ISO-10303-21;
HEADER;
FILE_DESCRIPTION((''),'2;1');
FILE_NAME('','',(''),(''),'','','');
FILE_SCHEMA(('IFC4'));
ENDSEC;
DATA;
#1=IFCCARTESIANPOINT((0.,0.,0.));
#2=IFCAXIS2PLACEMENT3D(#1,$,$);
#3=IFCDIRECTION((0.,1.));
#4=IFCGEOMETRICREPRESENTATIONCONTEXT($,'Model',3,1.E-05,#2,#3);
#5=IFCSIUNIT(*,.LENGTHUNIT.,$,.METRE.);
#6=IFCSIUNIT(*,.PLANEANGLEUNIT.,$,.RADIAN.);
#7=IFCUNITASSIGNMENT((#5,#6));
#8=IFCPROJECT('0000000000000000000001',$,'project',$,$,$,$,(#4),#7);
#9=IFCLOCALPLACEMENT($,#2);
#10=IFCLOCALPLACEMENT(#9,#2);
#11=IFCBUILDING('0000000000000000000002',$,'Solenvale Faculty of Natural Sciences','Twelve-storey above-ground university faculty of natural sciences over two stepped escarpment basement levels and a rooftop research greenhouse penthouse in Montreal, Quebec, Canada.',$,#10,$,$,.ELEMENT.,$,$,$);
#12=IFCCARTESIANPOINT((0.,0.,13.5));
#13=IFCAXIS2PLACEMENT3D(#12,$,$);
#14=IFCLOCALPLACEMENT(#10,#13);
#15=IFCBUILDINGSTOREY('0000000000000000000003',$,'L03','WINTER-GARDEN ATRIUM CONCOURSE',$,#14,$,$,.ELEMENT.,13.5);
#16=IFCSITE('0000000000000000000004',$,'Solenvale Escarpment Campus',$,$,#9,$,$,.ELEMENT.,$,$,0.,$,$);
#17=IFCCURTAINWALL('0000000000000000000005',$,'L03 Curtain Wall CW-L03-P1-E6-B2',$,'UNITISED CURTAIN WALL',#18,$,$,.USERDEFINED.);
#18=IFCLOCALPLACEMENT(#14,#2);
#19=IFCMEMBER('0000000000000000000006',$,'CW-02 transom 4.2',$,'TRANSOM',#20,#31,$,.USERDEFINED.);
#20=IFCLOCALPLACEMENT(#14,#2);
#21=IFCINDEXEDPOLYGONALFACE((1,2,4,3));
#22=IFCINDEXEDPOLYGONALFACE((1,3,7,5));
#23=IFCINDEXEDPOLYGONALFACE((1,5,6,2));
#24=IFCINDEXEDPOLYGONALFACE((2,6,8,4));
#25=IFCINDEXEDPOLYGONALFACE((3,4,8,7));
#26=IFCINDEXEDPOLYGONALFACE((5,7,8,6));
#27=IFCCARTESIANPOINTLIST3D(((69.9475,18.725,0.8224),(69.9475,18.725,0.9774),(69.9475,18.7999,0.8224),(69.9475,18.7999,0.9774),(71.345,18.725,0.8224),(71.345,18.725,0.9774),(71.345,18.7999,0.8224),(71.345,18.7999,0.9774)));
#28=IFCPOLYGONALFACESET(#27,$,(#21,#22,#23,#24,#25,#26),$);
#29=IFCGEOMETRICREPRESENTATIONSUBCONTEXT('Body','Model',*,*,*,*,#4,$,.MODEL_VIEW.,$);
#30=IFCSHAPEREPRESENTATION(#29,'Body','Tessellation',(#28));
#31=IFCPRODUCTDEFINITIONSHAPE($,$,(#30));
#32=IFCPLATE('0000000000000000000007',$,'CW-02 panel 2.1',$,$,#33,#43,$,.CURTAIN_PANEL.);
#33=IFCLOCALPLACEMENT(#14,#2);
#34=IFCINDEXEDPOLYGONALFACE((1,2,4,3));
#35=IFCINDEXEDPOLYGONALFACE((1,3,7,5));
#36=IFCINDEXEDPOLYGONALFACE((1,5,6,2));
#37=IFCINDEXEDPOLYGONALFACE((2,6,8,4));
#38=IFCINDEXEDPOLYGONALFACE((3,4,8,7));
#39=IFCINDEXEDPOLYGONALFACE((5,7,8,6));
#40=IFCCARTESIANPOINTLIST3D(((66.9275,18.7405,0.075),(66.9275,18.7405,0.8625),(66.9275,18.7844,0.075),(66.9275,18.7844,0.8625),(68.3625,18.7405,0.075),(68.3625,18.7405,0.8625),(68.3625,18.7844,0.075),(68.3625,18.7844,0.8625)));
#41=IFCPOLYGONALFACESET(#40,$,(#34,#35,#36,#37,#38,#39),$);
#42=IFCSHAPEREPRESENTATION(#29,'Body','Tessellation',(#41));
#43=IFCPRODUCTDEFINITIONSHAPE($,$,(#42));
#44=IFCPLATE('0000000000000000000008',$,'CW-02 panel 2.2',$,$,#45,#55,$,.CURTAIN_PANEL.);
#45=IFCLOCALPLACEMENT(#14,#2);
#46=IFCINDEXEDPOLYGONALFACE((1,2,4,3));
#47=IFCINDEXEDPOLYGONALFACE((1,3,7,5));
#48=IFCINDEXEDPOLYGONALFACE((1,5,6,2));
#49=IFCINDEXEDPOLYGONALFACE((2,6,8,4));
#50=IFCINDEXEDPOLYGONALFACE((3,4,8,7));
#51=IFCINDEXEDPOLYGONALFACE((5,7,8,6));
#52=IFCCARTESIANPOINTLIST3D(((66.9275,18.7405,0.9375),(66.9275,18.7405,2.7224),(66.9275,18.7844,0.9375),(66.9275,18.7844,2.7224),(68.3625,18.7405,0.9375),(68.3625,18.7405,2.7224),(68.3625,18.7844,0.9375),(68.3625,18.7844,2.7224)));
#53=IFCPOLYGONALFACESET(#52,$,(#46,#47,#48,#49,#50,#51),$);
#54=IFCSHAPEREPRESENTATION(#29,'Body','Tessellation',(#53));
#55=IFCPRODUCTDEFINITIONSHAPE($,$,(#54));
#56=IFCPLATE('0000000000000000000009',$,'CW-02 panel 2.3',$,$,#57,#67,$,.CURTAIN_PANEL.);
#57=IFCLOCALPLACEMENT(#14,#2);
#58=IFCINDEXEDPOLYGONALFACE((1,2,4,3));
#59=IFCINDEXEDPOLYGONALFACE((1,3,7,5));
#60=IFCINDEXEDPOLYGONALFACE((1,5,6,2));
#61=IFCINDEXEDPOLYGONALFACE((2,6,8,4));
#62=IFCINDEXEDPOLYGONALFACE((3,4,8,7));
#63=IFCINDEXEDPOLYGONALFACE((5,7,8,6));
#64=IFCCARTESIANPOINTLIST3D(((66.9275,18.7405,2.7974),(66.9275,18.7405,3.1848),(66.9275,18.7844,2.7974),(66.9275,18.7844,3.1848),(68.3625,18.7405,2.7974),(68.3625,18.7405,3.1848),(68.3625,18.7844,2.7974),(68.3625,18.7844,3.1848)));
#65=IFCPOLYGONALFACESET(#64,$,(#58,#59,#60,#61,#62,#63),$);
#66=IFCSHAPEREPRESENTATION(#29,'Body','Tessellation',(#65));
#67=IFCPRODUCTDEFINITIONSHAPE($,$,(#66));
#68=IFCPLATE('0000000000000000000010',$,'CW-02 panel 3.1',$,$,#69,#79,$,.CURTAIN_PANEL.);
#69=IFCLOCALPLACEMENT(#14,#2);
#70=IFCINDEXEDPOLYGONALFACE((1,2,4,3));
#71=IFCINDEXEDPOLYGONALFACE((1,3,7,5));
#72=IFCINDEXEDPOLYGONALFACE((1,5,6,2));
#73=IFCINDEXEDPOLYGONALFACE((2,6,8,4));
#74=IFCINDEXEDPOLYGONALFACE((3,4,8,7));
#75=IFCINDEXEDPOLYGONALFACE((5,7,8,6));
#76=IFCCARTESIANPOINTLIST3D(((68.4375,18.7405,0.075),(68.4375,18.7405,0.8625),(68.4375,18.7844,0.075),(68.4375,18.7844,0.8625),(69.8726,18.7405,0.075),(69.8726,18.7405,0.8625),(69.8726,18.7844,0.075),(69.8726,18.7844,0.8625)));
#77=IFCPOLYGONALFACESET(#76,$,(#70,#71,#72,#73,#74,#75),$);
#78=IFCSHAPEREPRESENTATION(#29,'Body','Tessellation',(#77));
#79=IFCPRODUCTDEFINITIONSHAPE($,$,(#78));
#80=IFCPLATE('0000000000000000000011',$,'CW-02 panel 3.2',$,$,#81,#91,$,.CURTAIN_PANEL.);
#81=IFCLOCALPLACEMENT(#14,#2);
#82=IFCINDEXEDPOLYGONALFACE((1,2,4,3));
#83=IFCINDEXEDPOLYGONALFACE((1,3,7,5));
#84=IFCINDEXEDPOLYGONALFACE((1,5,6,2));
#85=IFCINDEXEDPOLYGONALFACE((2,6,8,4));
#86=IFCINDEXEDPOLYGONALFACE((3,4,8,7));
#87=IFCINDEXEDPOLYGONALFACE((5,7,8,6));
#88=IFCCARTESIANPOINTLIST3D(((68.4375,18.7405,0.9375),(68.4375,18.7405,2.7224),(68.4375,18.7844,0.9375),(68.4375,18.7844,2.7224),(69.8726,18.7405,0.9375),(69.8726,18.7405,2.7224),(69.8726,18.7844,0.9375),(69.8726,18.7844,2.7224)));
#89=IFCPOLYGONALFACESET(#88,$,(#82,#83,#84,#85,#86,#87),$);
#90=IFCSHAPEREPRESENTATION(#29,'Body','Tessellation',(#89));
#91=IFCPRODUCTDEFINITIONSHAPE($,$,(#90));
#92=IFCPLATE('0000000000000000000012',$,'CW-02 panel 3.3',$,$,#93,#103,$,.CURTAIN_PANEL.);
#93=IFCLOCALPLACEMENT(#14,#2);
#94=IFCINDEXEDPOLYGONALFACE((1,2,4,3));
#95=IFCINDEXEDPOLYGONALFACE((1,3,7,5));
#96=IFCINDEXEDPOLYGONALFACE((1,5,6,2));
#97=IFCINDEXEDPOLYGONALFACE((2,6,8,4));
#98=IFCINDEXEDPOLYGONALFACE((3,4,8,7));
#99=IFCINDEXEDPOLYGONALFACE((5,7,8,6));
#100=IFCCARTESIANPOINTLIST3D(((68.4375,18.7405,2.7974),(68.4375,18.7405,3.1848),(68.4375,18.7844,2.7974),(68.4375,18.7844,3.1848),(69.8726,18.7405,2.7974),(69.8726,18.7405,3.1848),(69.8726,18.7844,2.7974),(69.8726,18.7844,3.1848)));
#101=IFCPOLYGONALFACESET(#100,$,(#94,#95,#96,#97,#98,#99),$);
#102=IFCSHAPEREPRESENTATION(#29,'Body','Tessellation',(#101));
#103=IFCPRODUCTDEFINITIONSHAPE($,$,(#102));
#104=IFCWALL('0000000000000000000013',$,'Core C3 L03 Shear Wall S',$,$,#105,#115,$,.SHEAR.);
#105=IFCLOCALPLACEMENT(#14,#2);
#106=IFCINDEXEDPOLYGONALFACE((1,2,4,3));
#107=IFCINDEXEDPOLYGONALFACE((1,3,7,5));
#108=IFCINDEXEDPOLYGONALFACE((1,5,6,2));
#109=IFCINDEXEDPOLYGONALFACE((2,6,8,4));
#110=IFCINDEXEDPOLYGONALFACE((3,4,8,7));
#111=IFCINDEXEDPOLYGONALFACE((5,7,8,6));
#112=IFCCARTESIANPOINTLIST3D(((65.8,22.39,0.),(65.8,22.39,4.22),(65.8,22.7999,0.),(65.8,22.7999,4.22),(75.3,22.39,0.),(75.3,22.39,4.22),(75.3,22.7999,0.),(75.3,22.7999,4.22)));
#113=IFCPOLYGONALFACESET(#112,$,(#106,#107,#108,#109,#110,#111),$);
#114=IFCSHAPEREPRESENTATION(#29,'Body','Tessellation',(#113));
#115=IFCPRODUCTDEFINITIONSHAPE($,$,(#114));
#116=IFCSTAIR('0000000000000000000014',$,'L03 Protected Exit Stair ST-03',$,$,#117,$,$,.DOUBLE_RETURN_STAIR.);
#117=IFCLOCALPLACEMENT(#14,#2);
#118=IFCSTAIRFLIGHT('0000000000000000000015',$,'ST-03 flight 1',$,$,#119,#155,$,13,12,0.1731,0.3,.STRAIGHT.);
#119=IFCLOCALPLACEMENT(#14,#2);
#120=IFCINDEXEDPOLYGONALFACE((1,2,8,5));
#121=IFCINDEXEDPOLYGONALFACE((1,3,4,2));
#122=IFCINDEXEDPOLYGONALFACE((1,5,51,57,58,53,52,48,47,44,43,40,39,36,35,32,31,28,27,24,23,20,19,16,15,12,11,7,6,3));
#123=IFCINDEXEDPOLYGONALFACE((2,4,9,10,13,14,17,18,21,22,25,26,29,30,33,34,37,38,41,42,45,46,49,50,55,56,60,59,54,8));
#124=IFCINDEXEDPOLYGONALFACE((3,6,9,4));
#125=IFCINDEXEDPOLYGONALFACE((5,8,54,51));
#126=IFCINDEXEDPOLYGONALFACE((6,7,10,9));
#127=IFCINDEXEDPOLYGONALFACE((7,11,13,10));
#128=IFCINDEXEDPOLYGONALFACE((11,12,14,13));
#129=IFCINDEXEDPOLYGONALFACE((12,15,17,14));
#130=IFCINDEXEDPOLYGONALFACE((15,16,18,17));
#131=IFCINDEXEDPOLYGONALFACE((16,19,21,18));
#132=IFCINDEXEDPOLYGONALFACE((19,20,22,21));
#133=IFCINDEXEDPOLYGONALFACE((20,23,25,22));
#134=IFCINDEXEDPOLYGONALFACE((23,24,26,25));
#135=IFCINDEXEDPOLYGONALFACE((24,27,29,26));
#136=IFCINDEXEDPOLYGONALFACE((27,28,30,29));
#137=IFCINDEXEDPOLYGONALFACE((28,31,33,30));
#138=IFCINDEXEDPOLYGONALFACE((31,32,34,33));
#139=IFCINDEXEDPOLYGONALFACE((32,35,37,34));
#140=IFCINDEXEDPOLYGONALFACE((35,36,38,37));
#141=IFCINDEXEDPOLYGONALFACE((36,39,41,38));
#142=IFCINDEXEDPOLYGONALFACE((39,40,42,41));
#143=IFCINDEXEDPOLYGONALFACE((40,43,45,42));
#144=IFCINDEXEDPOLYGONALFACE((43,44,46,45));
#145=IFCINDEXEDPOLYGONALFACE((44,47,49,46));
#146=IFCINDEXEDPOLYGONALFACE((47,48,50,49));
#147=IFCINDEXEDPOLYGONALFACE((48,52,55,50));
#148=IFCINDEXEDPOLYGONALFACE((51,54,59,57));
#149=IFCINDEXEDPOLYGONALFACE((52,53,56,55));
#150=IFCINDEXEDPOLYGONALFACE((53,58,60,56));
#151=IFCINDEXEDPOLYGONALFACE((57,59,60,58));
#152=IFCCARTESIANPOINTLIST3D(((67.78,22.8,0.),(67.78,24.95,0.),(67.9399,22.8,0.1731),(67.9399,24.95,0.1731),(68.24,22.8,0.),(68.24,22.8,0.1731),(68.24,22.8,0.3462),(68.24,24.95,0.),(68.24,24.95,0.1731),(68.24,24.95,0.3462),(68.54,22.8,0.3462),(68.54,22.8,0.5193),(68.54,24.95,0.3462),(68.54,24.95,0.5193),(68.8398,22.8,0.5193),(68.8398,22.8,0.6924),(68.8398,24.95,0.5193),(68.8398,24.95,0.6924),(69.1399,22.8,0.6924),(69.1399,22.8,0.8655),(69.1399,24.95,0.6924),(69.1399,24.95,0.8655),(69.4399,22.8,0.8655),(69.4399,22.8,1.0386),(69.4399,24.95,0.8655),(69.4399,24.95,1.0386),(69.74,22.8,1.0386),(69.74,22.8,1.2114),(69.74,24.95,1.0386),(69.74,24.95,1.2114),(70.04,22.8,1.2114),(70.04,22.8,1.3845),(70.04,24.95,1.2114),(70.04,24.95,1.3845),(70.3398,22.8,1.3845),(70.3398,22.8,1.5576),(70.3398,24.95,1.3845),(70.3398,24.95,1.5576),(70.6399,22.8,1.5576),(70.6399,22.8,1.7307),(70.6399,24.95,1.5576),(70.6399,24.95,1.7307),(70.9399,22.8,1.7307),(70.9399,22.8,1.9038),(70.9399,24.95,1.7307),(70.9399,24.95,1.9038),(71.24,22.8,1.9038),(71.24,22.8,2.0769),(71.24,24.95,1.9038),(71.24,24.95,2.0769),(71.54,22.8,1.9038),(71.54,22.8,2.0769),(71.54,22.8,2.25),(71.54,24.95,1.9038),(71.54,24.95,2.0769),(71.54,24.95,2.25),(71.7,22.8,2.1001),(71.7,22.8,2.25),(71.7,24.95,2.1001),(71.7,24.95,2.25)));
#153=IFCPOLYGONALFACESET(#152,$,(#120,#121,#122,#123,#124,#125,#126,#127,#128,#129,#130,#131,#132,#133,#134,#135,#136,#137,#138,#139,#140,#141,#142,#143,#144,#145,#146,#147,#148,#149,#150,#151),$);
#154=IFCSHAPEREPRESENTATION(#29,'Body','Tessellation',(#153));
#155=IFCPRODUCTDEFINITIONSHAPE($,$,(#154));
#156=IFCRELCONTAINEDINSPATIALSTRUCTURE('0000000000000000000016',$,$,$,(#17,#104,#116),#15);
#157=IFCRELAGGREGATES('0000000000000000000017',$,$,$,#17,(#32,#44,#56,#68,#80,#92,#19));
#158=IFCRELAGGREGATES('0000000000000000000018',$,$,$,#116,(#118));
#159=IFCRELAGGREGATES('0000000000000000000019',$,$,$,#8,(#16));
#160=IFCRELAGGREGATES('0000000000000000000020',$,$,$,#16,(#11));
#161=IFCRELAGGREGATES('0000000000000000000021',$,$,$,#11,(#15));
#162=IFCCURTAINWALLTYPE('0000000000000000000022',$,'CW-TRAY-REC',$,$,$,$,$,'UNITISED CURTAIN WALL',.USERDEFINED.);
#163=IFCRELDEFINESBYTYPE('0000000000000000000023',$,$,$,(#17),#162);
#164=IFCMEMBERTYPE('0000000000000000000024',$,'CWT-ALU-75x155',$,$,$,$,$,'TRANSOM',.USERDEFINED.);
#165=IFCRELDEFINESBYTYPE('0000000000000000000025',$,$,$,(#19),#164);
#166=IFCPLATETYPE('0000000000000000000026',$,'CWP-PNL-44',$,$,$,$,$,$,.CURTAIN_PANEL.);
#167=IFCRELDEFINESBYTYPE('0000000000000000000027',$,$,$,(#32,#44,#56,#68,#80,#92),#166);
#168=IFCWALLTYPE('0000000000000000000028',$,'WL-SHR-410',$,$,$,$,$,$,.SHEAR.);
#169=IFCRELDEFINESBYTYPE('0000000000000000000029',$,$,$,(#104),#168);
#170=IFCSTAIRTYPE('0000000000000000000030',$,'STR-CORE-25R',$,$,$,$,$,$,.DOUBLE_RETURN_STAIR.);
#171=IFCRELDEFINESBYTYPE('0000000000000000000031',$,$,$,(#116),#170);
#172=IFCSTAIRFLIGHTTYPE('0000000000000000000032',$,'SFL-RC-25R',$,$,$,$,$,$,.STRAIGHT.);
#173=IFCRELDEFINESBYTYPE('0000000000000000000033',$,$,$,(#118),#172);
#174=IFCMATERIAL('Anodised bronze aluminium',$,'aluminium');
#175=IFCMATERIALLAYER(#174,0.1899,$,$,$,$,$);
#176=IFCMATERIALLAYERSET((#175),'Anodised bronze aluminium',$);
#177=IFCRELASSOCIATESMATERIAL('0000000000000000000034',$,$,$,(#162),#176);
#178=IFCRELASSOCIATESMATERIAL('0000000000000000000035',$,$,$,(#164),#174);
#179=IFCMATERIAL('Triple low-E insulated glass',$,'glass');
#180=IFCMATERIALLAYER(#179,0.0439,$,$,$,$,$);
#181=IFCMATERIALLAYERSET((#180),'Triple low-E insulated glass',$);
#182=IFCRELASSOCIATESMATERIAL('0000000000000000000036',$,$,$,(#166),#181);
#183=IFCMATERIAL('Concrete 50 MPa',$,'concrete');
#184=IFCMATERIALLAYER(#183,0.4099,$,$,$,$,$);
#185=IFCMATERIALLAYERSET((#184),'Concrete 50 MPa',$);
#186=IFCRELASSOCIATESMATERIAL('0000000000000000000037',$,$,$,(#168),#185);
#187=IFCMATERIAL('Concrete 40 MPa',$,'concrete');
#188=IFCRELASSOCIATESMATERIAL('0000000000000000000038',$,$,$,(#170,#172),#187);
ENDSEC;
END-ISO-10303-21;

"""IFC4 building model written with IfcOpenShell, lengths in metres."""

from ifc_helpers import new_model, si_unit, direction, frame, frame_2d, origin, origin_2d, place, context, subcontext, project, spatial, polyline, rectangle, outline, extrude, material, layer, layer_set, material_profile, profile_set, type_object, element, aggregate, save


model = new_model("IFC4")

# Units and contexts
model_context = context("Model", 3, precision=1e-05, world=origin(), true_north=direction((0.0, 1.0)))
body_context = subcontext(model_context, "Body", "Model", "MODEL_VIEW")
ifc_project = project(units=[si_unit("LENGTHUNIT", "METRE"), si_unit("PLANEANGLEUNIT", "RADIAN")], contexts=[model_context])

# Site, building, storey
site_placement = place(None, origin())
site = spatial("IfcSite", under=ifc_project, at=site_placement, Name="Solenvale Escarpment Campus", CompositionType="ELEMENT", RefElevation=0.0)
building_placement = place(site_placement, origin())
building = spatial("IfcBuilding", under=site, at=building_placement, Name="Solenvale Faculty of Natural Sciences", Description="Twelve-storey above-ground university faculty of natural sciences over two stepped escarpment basement levels and a rooftop research greenhouse penthouse in Montreal, Quebec, Canada.", CompositionType="ELEMENT")
storey_placement = place(building_placement, frame((0.0, 0.0, 13.5)))
storey = spatial("IfcBuildingStorey", under=building, at=storey_placement, Name="L03", Description="WINTER-GARDEN ATRIUM CONCOURSE", CompositionType="ELEMENT", Elevation=13.5)

# Shared definitions
ifc_material_1 = material(Name="Concrete 50 MPa", Category="concrete")

# Shared definitions
ifc_material_2 = material(Name="Concrete 40 MPa", Category="concrete")

# Curtain wall, member, plates
ifc_material_3 = material(Name="Anodised bronze aluminium", Category="aluminium")
ifc_layer_1 = layer(ifc_material_3, 0.1899)
ifc_layer_set_1 = layer_set([ifc_layer_1], Name="Anodised bronze aluminium")
curtain_wall_type = type_object("IfcCurtainWallType", Name="CW-TRAY-REC", ElementType="UNITISED CURTAIN WALL", PredefinedType="USERDEFINED", material=ifc_layer_set_1)
curtain_wall_placement = place(storey_placement, origin())
curtain_wall = element("IfcCurtainWall", 1, at=curtain_wall_placement, inside=storey, type_object=curtain_wall_type, Name="L03 Curtain Wall CW-L03-P1-E6-B2", ObjectType="UNITISED CURTAIN WALL", PredefinedType="USERDEFINED")
ifc_material_profile_1 = material_profile(ifc_material_3, rectangle(XDim=0.075, YDim=0.155, at=origin_2d()), Name="ALU-TRN-75x155")
ifc_profile_set_1 = profile_set([ifc_material_profile_1], Name="Anodised bronze aluminium")
member_type_1 = type_object("IfcMemberType", Name="CWT-ALU-75x155", ElementType="TRANSOM", PredefinedType="USERDEFINED", material=ifc_profile_set_1)
member_1_placement = place(storey_placement, frame((69.9475, 18.7625, 0.8999), z_axis=(1.0, 0.0, 0.0), x_axis=(0.0, 1.0, 0.0)))
member_1 = element("IfcMember", 2, at=member_1_placement, type_object=member_type_1, Name="CW-02 transom 4.2", ObjectType="TRANSOM", PredefinedType="USERDEFINED", context=body_context, shape_type="SweptSolid", body=[
    extrude(rectangle(XDim=0.075, YDim=0.155, at=origin_2d()), origin(), (0.0, 0.0, 1.0), 1.3975),
])
ifc_material_4 = material(Name="Triple low-E insulated glass", Category="glass")
ifc_layer_2 = layer(ifc_material_4, 0.0439)
ifc_layer_set_2 = layer_set([ifc_layer_2], Name="Triple low-E insulated glass")
plate_type = type_object("IfcPlateType", Name="CWP-PNL-44", PredefinedType="CURTAIN_PANEL", material=ifc_layer_set_2)
plate_1_placement = place(storey_placement, frame((67.645, 18.7625, 0.075), z_axis=(0.0, 0.0, 1.0), x_axis=(1.0, 0.0, 0.0)))
plate_1 = element("IfcPlate", 3, at=plate_1_placement, type_object=plate_type, Name="CW-02 panel 2.1", PredefinedType="CURTAIN_PANEL", context=body_context, shape_type="SweptSolid", body=[
    extrude(rectangle(XDim=1.4351, YDim=0.0439, at=origin_2d()), origin(), (0.0, 0.0, 1.0), 0.7876),
])
plate_2_placement = place(storey_placement, frame((67.645, 18.7625, 0.9375), z_axis=(0.0, 0.0, 1.0), x_axis=(1.0, 0.0, 0.0)))
plate_2 = element("IfcPlate", 4, at=plate_2_placement, type_object=plate_type, Name="CW-02 panel 2.2", PredefinedType="CURTAIN_PANEL", context=body_context, shape_type="SweptSolid", body=[
    extrude(rectangle(XDim=1.4351, YDim=0.0439, at=origin_2d()), origin(), (0.0, 0.0, 1.0), 1.7849),
])
plate_3_placement = place(storey_placement, frame((67.645, 18.7625, 2.7974), z_axis=(0.0, 0.0, 1.0), x_axis=(1.0, 0.0, 0.0)))
plate_3 = element("IfcPlate", 5, at=plate_3_placement, type_object=plate_type, Name="CW-02 panel 2.3", PredefinedType="CURTAIN_PANEL", context=body_context, shape_type="SweptSolid", body=[
    extrude(rectangle(XDim=1.4351, YDim=0.0439, at=origin_2d()), origin(), (0.0, 0.0, 1.0), 0.3875),
])
plate_4_placement = place(storey_placement, frame((69.155, 18.7625, 0.075), z_axis=(0.0, 0.0, 1.0), x_axis=(1.0, 0.0, 0.0)))
plate_4 = element("IfcPlate", 6, at=plate_4_placement, type_object=plate_type, Name="CW-02 panel 3.1", PredefinedType="CURTAIN_PANEL", context=body_context, shape_type="SweptSolid", body=[
    extrude(rectangle(XDim=1.4351, YDim=0.0439, at=origin_2d()), origin(), (0.0, 0.0, 1.0), 0.7876),
])
plate_5_placement = place(storey_placement, frame((69.155, 18.7625, 0.9375), z_axis=(0.0, 0.0, 1.0), x_axis=(1.0, 0.0, 0.0)))
plate_5 = element("IfcPlate", 7, at=plate_5_placement, type_object=plate_type, Name="CW-02 panel 3.2", PredefinedType="CURTAIN_PANEL", context=body_context, shape_type="SweptSolid", body=[
    extrude(rectangle(XDim=1.4351, YDim=0.0439, at=origin_2d()), origin(), (0.0, 0.0, 1.0), 1.7849),
])
plate_6_placement = place(storey_placement, frame((69.155, 18.7625, 2.7974), z_axis=(0.0, 0.0, 1.0), x_axis=(1.0, 0.0, 0.0)))
plate_6 = element("IfcPlate", 8, at=plate_6_placement, type_object=plate_type, Name="CW-02 panel 3.3", PredefinedType="CURTAIN_PANEL", context=body_context, shape_type="SweptSolid", body=[
    extrude(rectangle(XDim=1.4351, YDim=0.0439, at=origin_2d()), origin(), (0.0, 0.0, 1.0), 0.3875),
])
aggregate(curtain_wall, [plate_1, plate_2, plate_3, plate_4, plate_5, plate_6, member_1])

# Wall
ifc_layer_3 = layer(ifc_material_1, 0.4099)
ifc_layer_set_3 = layer_set([ifc_layer_3], Name="Concrete 50 MPa")
wall_type = type_object("IfcWallType", Name="WL-SHR-410", PredefinedType="SHEAR", material=ifc_layer_set_3)
wall_1_placement = place(storey_placement, frame((65.8, 22.595, 0.0), z_axis=(0.0, 0.0, 1.0), x_axis=(1.0, 0.0, 0.0)))
element("IfcWall", 9, at=wall_1_placement, inside=storey, type_object=wall_type, Name="Core C3 L03 Shear Wall S", PredefinedType="SHEAR", context=body_context, shape_type="SweptSolid", body=[
    extrude(rectangle(XDim=9.5, YDim=0.4099, at=frame_2d((4.75, 0.0))), origin(), (0.0, 0.0, 1.0), 4.22),
])

# Stair, stair flight
stair_type = type_object("IfcStairType", Name="STR-CORE-25R", PredefinedType="DOUBLE_RETURN_STAIR", material=ifc_material_2)
stair_placement = place(storey_placement, origin())
stair = element("IfcStair", 10, at=stair_placement, inside=storey, type_object=stair_type, Name="L03 Protected Exit Stair ST-03", PredefinedType="DOUBLE_RETURN_STAIR")
stair_flight_type = type_object("IfcStairFlightType", Name="SFL-RC-25R", PredefinedType="STRAIGHT", material=ifc_material_2)
stair_flight_placement = place(storey_placement, frame((67.9399, 23.875, 0.0), z_axis=(0.0, 0.0, 1.0), x_axis=(1.0, 0.0, 0.0)))
stair_flight = element("IfcStairFlight", 11, at=stair_flight_placement, type_object=stair_flight_type, Name="ST-03 flight 1", NumberOfRisers=13, NumberOfTreads=12, PredefinedType="STRAIGHT", RiserHeight=0.1731, TreadLength=0.3, context=body_context, shape_type="SweptSolid", body=[
    extrude(outline(polyline([(-0.1599, 0.0), (0.0, 0.1731), (0.3, 0.1731), (0.3, 0.3462), (0.6001, 0.3462), (0.6001, 0.5193), (0.8999, 0.5193), (0.8999, 0.6924), (1.2, 0.6924), (1.2, 0.8655), (1.5, 0.8655), (1.5, 1.0386), (1.8, 1.0386), (1.8, 1.2114), (2.1001, 1.2114), (2.1001, 1.3845), (2.3999, 1.3845), (2.3999, 1.5576), (2.7, 1.5576), (2.7, 1.7307), (3.0, 1.7307), (3.0, 1.9038), (3.3, 1.9038), (3.3, 2.0769), (3.6001, 2.0769), (3.6001, 2.25), (3.76, 2.25), (3.76, 2.1001), (3.6001, 1.9038), (0.3, 0.0), (-0.1599, 0.0)])), frame((0.0, 1.075, 0.0), z_axis=(0.0, -1.0, 0.0), x_axis=(1.0, 0.0, 0.0)), (0.0, 0.0, 1.0), 2.1499),
])
aggregate(stair, [stair_flight])

save(model, "model.ifc")
